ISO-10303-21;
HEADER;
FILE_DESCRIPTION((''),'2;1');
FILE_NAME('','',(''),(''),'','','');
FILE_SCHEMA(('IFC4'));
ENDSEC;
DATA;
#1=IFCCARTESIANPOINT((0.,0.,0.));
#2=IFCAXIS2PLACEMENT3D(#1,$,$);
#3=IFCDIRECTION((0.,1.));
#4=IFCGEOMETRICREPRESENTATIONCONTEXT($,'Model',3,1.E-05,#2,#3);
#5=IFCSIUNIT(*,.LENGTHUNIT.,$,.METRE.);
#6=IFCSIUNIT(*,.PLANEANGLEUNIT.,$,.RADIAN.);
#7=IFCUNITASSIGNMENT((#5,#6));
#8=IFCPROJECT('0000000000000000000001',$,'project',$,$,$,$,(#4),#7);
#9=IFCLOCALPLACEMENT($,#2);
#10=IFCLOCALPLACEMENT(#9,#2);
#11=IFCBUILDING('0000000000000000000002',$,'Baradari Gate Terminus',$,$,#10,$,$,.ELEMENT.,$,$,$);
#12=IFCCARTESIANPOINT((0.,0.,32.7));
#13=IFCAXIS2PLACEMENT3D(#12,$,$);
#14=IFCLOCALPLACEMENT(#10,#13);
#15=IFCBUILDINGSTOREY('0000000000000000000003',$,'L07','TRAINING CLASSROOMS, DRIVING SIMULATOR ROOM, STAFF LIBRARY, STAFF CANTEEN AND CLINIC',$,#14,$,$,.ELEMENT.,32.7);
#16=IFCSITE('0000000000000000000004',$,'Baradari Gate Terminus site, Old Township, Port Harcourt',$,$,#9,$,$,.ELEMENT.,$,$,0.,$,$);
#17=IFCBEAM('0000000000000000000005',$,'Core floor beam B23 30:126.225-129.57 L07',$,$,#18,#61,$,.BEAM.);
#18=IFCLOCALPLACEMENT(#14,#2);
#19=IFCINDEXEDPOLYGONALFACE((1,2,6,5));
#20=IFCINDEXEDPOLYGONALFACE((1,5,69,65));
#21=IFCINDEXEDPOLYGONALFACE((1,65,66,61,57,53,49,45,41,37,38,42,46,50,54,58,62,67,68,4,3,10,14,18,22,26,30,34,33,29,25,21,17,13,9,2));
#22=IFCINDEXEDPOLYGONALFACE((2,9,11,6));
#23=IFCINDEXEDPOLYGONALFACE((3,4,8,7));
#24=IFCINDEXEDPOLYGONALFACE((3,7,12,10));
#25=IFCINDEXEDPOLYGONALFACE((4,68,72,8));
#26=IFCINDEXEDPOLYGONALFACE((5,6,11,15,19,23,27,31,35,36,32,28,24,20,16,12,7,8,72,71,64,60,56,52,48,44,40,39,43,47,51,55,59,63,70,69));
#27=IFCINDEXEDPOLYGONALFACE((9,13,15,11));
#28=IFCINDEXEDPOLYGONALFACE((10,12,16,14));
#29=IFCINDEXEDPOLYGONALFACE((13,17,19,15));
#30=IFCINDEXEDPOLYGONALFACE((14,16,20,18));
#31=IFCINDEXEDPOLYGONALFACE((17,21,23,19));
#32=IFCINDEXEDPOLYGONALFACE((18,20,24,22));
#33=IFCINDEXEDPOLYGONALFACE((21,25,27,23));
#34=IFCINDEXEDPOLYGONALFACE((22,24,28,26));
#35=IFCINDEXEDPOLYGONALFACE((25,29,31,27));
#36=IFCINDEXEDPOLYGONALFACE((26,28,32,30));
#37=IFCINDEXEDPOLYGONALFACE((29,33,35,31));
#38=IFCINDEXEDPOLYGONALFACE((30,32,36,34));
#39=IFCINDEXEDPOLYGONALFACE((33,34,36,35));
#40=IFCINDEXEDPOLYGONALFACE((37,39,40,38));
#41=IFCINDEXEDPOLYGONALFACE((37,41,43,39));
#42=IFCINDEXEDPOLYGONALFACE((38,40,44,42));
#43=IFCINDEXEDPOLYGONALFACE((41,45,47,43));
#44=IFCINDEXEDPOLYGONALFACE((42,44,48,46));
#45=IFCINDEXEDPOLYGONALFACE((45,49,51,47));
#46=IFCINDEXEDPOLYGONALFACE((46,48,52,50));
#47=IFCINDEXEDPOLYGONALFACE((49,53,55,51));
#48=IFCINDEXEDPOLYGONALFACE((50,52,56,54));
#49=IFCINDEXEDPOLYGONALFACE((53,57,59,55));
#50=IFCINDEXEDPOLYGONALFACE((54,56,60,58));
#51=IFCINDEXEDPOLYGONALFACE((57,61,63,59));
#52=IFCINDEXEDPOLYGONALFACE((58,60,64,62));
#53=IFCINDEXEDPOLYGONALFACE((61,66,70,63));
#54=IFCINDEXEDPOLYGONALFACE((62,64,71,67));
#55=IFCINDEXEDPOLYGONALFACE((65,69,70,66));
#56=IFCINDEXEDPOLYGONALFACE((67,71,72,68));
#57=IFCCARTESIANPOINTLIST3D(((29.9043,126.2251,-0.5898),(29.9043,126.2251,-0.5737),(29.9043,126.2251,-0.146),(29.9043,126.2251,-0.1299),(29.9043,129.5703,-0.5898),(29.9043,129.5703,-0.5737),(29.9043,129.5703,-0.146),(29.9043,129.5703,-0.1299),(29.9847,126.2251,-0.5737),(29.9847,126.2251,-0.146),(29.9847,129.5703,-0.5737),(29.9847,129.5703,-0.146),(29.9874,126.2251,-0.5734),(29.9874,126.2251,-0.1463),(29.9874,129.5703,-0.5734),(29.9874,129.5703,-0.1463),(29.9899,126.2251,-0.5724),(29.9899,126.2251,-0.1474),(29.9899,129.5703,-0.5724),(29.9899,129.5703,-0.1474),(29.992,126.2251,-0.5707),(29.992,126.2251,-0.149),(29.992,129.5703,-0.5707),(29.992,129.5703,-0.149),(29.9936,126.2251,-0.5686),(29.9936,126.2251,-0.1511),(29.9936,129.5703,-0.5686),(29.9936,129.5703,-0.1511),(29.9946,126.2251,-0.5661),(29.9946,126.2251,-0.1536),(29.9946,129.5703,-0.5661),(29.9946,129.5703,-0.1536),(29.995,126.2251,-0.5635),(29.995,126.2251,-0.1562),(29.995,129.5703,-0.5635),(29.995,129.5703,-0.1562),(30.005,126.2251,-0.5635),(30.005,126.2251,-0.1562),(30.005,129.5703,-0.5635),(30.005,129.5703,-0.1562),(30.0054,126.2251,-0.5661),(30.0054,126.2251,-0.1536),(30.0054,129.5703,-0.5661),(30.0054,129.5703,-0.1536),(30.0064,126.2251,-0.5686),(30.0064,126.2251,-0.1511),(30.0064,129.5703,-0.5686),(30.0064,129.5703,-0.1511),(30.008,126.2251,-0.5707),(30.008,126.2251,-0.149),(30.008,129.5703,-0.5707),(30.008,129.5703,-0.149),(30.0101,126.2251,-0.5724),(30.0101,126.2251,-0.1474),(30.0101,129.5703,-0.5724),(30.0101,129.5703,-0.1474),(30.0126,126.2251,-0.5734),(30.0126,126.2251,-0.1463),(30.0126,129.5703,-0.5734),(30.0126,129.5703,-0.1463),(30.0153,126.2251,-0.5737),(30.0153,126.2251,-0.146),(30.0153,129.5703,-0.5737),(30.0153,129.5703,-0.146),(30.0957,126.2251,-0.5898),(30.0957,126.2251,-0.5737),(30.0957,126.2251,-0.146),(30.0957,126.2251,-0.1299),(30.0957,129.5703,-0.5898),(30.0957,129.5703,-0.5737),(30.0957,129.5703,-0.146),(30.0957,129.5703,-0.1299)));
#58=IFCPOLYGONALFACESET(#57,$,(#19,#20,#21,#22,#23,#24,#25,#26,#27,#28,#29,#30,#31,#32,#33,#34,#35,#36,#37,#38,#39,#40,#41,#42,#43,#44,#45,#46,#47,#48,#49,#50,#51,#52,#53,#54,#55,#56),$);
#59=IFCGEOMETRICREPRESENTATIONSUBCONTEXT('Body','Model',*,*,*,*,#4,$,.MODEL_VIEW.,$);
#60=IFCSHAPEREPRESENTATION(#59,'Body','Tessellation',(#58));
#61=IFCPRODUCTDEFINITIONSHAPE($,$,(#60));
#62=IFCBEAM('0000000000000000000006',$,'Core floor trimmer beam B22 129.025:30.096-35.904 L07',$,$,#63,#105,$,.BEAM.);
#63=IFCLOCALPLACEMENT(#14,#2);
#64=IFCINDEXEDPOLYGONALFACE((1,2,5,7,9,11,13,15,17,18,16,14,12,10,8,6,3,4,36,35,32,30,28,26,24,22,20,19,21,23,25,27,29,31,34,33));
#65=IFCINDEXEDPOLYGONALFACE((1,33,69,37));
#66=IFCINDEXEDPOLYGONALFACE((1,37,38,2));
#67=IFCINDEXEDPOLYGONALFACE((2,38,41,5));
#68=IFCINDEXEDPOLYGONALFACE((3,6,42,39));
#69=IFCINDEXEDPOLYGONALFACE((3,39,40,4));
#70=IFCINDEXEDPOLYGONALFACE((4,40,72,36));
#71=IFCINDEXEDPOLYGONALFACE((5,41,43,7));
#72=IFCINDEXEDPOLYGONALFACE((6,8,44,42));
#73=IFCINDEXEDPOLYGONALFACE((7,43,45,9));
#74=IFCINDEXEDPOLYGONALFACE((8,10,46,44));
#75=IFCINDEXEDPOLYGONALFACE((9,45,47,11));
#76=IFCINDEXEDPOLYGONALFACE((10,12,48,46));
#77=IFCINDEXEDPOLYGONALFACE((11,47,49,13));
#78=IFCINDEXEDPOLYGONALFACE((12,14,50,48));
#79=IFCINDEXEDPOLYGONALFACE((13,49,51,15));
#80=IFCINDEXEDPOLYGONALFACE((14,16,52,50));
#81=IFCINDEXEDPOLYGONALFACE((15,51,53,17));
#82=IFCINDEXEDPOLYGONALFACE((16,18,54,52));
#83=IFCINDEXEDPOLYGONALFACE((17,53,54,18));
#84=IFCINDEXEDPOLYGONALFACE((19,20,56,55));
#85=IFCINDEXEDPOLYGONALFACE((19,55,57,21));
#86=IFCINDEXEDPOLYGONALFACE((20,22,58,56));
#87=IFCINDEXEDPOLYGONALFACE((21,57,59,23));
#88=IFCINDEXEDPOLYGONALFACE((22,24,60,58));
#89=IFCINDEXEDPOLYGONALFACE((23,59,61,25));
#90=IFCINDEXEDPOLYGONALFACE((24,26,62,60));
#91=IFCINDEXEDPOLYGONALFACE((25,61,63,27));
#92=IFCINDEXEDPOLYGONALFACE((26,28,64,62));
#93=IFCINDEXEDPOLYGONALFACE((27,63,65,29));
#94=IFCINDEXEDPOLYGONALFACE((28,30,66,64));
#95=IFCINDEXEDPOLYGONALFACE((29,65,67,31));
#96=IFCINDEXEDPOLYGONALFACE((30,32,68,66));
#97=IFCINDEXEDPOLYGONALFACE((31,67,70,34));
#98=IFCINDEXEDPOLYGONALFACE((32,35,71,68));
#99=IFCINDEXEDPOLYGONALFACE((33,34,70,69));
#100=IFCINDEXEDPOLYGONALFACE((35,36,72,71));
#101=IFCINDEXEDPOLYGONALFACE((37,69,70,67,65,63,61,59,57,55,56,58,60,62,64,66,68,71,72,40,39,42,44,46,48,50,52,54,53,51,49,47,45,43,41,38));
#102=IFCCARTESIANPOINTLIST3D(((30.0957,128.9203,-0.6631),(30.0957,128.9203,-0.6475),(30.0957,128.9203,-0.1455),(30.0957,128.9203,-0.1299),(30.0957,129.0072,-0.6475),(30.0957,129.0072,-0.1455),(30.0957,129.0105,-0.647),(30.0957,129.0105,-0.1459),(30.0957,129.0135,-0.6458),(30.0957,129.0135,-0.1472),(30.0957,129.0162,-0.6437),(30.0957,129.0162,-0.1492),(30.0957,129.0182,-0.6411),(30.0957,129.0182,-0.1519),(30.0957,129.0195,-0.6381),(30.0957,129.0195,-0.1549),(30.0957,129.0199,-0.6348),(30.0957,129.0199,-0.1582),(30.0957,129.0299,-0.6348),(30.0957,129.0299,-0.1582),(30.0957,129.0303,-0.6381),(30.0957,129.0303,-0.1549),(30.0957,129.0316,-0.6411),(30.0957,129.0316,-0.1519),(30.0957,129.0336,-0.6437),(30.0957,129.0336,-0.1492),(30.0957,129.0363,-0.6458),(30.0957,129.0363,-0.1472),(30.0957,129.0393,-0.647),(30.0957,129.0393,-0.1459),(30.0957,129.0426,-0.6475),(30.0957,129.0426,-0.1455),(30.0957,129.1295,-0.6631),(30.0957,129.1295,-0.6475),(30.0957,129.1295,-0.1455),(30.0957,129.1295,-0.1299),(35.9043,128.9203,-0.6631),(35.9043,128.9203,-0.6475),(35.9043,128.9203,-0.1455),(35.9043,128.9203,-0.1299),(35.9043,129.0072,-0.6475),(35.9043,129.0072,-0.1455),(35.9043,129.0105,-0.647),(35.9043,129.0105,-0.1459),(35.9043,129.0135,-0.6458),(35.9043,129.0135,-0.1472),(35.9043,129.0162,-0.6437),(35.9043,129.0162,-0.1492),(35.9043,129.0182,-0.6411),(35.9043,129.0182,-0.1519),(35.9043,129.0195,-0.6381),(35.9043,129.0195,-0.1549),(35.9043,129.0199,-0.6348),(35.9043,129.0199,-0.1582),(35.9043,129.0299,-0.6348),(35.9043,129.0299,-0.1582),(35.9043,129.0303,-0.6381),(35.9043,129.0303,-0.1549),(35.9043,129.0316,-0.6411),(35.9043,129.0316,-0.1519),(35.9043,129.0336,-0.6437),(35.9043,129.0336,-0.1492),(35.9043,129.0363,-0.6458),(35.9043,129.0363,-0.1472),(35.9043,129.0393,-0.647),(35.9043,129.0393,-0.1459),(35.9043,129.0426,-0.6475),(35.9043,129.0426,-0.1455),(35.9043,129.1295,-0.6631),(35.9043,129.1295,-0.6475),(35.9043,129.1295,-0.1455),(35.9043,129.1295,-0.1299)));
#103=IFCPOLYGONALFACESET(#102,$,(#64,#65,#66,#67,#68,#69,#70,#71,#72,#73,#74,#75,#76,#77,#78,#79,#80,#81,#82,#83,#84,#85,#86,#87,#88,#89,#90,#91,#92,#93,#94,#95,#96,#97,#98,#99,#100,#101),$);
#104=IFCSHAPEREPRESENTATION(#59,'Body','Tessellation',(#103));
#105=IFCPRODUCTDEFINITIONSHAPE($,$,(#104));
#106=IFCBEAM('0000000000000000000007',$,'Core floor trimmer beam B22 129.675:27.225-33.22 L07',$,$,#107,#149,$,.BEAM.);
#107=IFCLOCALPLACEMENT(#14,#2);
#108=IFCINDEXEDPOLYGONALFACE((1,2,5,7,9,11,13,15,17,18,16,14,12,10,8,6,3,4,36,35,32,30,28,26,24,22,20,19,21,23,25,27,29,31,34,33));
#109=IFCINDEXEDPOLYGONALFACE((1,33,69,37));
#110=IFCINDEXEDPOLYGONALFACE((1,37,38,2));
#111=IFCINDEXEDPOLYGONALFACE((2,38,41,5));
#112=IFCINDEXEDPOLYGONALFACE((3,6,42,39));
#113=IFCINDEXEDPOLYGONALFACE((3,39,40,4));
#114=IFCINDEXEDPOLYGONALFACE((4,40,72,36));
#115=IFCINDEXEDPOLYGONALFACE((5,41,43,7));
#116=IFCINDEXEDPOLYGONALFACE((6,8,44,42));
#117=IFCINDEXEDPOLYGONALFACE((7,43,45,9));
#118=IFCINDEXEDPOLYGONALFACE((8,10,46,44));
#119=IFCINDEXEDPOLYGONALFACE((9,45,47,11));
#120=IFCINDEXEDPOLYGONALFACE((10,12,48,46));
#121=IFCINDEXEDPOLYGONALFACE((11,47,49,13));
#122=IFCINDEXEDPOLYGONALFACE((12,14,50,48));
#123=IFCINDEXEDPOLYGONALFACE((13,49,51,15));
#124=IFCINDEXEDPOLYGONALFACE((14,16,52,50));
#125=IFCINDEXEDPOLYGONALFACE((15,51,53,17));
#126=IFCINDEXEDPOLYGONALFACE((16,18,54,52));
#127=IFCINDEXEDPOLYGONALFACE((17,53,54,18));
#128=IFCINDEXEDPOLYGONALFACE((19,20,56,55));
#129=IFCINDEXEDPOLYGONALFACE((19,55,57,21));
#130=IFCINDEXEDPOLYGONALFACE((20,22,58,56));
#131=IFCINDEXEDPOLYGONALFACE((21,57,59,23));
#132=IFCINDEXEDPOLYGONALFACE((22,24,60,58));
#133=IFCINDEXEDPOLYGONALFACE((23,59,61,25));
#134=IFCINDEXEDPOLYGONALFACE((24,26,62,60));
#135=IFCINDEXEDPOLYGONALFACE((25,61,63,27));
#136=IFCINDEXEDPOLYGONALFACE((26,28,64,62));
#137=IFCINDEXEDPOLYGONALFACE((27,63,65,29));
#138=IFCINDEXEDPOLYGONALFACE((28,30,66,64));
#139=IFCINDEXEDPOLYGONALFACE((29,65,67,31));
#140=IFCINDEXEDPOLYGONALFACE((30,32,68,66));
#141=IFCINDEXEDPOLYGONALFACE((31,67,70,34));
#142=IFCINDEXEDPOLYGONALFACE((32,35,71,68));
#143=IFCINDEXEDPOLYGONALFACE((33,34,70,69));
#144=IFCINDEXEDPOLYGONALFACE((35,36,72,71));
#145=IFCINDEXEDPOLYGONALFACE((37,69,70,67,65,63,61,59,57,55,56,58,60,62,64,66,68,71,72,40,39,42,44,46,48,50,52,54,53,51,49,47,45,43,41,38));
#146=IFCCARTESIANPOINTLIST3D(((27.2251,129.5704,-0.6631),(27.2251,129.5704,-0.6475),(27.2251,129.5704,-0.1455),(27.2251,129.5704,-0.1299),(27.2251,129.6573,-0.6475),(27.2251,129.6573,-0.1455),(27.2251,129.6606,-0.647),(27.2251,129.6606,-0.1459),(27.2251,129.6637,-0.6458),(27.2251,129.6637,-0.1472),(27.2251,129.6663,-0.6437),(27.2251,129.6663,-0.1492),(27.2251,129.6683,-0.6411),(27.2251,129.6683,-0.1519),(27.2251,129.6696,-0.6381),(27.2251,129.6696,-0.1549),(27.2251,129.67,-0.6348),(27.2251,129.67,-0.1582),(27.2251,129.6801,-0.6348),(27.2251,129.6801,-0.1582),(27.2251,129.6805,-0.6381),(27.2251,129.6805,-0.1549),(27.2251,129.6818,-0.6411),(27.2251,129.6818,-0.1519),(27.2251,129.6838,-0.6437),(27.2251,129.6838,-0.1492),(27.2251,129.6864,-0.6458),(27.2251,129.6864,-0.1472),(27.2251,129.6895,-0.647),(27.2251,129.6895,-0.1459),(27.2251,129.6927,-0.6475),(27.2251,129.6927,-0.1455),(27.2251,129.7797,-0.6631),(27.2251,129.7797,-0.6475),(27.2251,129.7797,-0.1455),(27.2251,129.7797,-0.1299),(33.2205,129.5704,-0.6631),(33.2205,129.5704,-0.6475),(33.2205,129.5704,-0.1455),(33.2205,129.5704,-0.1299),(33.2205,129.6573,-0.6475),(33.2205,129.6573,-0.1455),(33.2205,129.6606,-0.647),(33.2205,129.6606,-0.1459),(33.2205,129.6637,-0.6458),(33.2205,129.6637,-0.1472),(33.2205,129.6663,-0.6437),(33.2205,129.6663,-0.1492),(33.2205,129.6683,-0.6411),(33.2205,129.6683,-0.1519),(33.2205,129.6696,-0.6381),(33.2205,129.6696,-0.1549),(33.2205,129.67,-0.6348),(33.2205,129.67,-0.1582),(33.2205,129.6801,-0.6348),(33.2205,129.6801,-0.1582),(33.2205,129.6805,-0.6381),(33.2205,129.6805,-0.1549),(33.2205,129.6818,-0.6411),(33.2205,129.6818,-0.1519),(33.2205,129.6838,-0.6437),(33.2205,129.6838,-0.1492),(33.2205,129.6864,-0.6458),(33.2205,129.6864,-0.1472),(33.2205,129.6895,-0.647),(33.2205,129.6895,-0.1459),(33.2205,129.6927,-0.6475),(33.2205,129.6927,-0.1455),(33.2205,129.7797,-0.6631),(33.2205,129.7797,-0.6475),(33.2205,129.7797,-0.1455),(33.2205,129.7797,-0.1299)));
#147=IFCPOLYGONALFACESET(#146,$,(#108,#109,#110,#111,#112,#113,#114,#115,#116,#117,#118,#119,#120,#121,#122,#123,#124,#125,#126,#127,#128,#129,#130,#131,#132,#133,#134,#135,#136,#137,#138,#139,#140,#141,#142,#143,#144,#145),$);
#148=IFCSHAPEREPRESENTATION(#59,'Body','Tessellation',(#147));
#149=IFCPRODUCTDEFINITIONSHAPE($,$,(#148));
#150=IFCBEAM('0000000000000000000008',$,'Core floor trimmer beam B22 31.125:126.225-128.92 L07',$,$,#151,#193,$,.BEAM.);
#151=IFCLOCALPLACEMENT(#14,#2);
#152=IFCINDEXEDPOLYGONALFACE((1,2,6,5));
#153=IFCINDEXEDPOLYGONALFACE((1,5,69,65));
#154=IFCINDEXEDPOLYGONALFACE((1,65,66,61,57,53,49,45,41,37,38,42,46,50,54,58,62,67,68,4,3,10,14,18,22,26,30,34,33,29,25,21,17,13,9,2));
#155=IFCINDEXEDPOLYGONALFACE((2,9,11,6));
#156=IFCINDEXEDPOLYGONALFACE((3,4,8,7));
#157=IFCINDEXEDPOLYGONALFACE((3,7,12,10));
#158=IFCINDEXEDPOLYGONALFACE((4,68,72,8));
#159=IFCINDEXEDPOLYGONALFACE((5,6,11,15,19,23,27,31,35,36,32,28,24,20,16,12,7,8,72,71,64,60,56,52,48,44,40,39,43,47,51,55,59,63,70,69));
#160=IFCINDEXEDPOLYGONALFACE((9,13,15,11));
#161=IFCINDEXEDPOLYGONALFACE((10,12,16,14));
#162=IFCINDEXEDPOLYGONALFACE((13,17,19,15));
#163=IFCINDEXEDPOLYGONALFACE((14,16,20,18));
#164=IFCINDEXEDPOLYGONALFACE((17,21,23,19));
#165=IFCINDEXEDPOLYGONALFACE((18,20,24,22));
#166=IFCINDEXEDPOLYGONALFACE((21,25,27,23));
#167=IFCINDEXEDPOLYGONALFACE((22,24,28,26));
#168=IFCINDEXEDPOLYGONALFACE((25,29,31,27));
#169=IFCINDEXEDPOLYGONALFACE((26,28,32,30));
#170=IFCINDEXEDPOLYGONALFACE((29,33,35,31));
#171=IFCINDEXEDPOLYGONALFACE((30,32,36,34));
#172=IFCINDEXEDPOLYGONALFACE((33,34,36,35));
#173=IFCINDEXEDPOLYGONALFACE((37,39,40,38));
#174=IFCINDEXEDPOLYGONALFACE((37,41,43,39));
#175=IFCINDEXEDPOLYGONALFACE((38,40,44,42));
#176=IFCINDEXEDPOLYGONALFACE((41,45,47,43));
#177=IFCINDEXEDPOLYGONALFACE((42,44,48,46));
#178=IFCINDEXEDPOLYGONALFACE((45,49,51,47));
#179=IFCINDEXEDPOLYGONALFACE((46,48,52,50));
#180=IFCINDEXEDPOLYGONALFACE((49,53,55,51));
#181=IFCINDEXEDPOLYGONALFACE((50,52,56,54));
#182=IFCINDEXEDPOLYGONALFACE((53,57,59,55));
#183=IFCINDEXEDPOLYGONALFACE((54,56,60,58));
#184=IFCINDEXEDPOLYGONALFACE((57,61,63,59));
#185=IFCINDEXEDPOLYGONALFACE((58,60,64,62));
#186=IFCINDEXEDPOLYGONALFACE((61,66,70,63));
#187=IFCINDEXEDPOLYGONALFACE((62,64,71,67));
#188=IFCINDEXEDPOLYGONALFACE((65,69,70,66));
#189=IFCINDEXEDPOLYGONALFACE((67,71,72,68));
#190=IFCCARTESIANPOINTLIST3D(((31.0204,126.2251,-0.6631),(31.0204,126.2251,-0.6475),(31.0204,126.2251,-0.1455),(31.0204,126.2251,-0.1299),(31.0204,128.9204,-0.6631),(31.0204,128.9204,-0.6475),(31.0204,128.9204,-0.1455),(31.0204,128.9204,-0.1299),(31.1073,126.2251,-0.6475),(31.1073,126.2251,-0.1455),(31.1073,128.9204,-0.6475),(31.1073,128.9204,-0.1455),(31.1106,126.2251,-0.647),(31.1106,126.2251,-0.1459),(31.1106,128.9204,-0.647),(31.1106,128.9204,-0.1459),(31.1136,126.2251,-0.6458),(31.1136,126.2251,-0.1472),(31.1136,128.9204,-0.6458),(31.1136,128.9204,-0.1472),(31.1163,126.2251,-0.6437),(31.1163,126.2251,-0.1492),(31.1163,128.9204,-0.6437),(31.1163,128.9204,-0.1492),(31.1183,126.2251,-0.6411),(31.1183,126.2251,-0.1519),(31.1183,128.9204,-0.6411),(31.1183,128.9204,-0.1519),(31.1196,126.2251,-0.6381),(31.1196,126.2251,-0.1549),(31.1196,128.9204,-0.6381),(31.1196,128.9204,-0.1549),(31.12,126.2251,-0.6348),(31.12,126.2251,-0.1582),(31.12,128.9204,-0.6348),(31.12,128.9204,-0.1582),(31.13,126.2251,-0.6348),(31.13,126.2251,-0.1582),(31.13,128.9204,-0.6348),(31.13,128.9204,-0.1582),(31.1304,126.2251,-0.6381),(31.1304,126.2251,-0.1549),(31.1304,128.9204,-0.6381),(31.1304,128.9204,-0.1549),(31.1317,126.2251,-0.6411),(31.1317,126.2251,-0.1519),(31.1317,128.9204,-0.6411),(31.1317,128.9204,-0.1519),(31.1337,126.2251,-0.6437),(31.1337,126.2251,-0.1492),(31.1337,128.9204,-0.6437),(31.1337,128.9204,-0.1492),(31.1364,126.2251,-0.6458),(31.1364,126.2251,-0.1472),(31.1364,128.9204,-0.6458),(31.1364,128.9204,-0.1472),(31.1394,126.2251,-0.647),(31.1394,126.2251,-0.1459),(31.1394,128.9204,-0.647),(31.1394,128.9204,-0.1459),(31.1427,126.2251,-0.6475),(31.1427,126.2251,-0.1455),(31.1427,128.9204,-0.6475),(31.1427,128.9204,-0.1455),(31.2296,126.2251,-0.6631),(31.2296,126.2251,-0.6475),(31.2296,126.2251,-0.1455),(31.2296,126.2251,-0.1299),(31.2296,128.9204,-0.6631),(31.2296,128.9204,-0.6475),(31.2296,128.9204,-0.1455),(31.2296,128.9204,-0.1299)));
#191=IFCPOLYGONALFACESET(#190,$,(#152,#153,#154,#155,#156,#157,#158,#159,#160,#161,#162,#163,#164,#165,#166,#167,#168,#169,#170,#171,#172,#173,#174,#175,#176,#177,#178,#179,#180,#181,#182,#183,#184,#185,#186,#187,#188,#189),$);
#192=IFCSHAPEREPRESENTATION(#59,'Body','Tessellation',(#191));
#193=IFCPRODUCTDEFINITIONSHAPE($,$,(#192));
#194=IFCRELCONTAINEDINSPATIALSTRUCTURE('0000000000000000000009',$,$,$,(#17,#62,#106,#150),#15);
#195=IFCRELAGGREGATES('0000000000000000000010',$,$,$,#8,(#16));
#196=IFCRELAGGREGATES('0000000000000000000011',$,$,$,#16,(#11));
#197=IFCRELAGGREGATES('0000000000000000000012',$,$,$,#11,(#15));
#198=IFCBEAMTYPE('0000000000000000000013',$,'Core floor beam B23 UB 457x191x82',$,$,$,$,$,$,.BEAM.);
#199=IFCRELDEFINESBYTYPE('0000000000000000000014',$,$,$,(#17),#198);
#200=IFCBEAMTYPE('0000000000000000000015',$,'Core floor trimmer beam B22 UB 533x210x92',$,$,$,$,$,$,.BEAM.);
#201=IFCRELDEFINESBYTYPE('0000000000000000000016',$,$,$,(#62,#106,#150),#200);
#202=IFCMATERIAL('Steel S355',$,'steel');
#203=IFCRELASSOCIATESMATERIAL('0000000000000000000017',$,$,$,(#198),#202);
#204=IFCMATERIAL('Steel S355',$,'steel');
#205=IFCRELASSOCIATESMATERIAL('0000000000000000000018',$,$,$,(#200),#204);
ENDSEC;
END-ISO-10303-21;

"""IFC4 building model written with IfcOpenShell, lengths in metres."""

from ifc_helpers import new_model, si_unit, direction, frame, origin, origin_2d, place, context, subcontext, project, spatial, i_section, extrude, material, material_profile, profile_set, type_object, element, save


model = new_model("IFC4")

# Units and contexts
model_context = context("Model", 3, precision=1e-05, world=origin(), true_north=direction((0.0, 1.0)))
body_context = subcontext(model_context, "Body", "Model", "MODEL_VIEW")
ifc_project = project(units=[si_unit("LENGTHUNIT", "METRE"), si_unit("PLANEANGLEUNIT", "RADIAN")], contexts=[model_context])

# Site, building, storey
site_placement = place(None, origin())
site = spatial("IfcSite", under=ifc_project, at=site_placement, Name="Baradari Gate Terminus site, Old Township, Port Harcourt", CompositionType="ELEMENT", RefElevation=0.0)
building_placement = place(site_placement, origin())
building = spatial("IfcBuilding", under=site, at=building_placement, Name="Baradari Gate Terminus", CompositionType="ELEMENT")
storey_placement = place(building_placement, frame((0.0, 0.0, 32.7)))
storey = spatial("IfcBuildingStorey", under=building, at=storey_placement, Name="L07", Description="TRAINING CLASSROOMS, DRIVING SIMULATOR ROOM, STAFF LIBRARY, STAFF CANTEEN AND CLINIC", CompositionType="ELEMENT", Elevation=32.7)

# Beams
ifc_material_1 = material(Name="Steel S355", Category="steel")
ifc_material_profile_1 = material_profile(ifc_material_1, i_section(OverallWidth=0.1914, OverallDepth=0.46, WebThickness=0.01, FlangeThickness=0.0161, FilletRadius=0.0103, at=origin_2d()), Name="UB 457x191x82")
ifc_profile_set_1 = profile_set([ifc_material_profile_1], Name="Steel S355")
beam_type_1 = type_object("IfcBeamType", Name="Core floor beam B23 UB 457x191x82", PredefinedType="BEAM", material=ifc_profile_set_1)
beam_1_placement = place(storey_placement, frame((30.0, 126.2251, -0.3599), z_axis=(0.0, 1.0, 0.0), x_axis=(-1.0, 0.0, 0.0)))
element("IfcBeam", 1, at=beam_1_placement, inside=storey, type_object=beam_type_1, Name="Core floor beam B23 30:126.225-129.57 L07", PredefinedType="BEAM", context=body_context, shape_type="SweptSolid", body=[
    extrude(i_section(OverallWidth=0.1914, OverallDepth=0.46, WebThickness=0.01, FlangeThickness=0.0161, FilletRadius=0.0103, at=origin_2d()), origin(), (0.0, 0.0, 1.0), 3.3452),
])
ifc_material_2 = material(Name="Steel S355", Category="steel")
ifc_material_profile_2 = material_profile(ifc_material_2, i_section(OverallWidth=0.2092, OverallDepth=0.5332, WebThickness=0.01, FlangeThickness=0.0156, FilletRadius=0.0127, at=origin_2d()), Name="UB 533x210x92")
ifc_profile_set_2 = profile_set([ifc_material_profile_2], Name="Steel S355")
beam_type_2 = type_object("IfcBeamType", Name="Core floor trimmer beam B22 UB 533x210x92", PredefinedType="BEAM", material=ifc_profile_set_2)
beam_2_placement = place(storey_placement, frame((30.0957, 129.0249, -0.3965), z_axis=(1.0, 0.0, 0.0), x_axis=(0.0, 1.0, 0.0)))
element("IfcBeam", 2, at=beam_2_placement, inside=storey, type_object=beam_type_2, Name="Core floor trimmer beam B22 129.025:30.096-35.904 L07", PredefinedType="BEAM", context=body_context, shape_type="SweptSolid", body=[
    extrude(i_section(OverallWidth=0.2092, OverallDepth=0.5332, WebThickness=0.01, FlangeThickness=0.0156, FilletRadius=0.0127, at=origin_2d()), origin(), (0.0, 0.0, 1.0), 5.8086),
])
beam_3_placement = place(storey_placement, frame((27.2251, 129.675, -0.3965), z_axis=(1.0, 0.0, 0.0), x_axis=(0.0, 1.0, 0.0)))
element("IfcBeam", 3, at=beam_3_placement, inside=storey, type_object=beam_type_2, Name="Core floor trimmer beam B22 129.675:27.225-33.22 L07", PredefinedType="BEAM", context=body_context, shape_type="SweptSolid", body=[
    extrude(i_section(OverallWidth=0.2092, OverallDepth=0.5332, WebThickness=0.01, FlangeThickness=0.0156, FilletRadius=0.0127, at=origin_2d()), origin(), (0.0, 0.0, 1.0), 5.9954),
])
for number, where, z_axis, x_axis, name in (
    (4, (31.125, 126.2251, -0.3965), (0.0, 1.0, 0.0), (-1.0, 0.0, 0.0), "Core floor trimmer beam B22 31.125:126.225-128.92 L07"),
):
    element("IfcBeam", number, at=place(storey_placement, frame(where, z_axis=z_axis, x_axis=x_axis)), inside=storey, type_object=beam_type_2, Name=name, PredefinedType="BEAM", context=body_context, shape_type="SweptSolid", body=[
        extrude(i_section(OverallWidth=0.2092, OverallDepth=0.5332, WebThickness=0.01, FlangeThickness=0.0156, FilletRadius=0.0127, at=origin_2d()), origin(), (0.0, 0.0, 1.0), 2.6953),
    ])

save(model, "model.ifc")
